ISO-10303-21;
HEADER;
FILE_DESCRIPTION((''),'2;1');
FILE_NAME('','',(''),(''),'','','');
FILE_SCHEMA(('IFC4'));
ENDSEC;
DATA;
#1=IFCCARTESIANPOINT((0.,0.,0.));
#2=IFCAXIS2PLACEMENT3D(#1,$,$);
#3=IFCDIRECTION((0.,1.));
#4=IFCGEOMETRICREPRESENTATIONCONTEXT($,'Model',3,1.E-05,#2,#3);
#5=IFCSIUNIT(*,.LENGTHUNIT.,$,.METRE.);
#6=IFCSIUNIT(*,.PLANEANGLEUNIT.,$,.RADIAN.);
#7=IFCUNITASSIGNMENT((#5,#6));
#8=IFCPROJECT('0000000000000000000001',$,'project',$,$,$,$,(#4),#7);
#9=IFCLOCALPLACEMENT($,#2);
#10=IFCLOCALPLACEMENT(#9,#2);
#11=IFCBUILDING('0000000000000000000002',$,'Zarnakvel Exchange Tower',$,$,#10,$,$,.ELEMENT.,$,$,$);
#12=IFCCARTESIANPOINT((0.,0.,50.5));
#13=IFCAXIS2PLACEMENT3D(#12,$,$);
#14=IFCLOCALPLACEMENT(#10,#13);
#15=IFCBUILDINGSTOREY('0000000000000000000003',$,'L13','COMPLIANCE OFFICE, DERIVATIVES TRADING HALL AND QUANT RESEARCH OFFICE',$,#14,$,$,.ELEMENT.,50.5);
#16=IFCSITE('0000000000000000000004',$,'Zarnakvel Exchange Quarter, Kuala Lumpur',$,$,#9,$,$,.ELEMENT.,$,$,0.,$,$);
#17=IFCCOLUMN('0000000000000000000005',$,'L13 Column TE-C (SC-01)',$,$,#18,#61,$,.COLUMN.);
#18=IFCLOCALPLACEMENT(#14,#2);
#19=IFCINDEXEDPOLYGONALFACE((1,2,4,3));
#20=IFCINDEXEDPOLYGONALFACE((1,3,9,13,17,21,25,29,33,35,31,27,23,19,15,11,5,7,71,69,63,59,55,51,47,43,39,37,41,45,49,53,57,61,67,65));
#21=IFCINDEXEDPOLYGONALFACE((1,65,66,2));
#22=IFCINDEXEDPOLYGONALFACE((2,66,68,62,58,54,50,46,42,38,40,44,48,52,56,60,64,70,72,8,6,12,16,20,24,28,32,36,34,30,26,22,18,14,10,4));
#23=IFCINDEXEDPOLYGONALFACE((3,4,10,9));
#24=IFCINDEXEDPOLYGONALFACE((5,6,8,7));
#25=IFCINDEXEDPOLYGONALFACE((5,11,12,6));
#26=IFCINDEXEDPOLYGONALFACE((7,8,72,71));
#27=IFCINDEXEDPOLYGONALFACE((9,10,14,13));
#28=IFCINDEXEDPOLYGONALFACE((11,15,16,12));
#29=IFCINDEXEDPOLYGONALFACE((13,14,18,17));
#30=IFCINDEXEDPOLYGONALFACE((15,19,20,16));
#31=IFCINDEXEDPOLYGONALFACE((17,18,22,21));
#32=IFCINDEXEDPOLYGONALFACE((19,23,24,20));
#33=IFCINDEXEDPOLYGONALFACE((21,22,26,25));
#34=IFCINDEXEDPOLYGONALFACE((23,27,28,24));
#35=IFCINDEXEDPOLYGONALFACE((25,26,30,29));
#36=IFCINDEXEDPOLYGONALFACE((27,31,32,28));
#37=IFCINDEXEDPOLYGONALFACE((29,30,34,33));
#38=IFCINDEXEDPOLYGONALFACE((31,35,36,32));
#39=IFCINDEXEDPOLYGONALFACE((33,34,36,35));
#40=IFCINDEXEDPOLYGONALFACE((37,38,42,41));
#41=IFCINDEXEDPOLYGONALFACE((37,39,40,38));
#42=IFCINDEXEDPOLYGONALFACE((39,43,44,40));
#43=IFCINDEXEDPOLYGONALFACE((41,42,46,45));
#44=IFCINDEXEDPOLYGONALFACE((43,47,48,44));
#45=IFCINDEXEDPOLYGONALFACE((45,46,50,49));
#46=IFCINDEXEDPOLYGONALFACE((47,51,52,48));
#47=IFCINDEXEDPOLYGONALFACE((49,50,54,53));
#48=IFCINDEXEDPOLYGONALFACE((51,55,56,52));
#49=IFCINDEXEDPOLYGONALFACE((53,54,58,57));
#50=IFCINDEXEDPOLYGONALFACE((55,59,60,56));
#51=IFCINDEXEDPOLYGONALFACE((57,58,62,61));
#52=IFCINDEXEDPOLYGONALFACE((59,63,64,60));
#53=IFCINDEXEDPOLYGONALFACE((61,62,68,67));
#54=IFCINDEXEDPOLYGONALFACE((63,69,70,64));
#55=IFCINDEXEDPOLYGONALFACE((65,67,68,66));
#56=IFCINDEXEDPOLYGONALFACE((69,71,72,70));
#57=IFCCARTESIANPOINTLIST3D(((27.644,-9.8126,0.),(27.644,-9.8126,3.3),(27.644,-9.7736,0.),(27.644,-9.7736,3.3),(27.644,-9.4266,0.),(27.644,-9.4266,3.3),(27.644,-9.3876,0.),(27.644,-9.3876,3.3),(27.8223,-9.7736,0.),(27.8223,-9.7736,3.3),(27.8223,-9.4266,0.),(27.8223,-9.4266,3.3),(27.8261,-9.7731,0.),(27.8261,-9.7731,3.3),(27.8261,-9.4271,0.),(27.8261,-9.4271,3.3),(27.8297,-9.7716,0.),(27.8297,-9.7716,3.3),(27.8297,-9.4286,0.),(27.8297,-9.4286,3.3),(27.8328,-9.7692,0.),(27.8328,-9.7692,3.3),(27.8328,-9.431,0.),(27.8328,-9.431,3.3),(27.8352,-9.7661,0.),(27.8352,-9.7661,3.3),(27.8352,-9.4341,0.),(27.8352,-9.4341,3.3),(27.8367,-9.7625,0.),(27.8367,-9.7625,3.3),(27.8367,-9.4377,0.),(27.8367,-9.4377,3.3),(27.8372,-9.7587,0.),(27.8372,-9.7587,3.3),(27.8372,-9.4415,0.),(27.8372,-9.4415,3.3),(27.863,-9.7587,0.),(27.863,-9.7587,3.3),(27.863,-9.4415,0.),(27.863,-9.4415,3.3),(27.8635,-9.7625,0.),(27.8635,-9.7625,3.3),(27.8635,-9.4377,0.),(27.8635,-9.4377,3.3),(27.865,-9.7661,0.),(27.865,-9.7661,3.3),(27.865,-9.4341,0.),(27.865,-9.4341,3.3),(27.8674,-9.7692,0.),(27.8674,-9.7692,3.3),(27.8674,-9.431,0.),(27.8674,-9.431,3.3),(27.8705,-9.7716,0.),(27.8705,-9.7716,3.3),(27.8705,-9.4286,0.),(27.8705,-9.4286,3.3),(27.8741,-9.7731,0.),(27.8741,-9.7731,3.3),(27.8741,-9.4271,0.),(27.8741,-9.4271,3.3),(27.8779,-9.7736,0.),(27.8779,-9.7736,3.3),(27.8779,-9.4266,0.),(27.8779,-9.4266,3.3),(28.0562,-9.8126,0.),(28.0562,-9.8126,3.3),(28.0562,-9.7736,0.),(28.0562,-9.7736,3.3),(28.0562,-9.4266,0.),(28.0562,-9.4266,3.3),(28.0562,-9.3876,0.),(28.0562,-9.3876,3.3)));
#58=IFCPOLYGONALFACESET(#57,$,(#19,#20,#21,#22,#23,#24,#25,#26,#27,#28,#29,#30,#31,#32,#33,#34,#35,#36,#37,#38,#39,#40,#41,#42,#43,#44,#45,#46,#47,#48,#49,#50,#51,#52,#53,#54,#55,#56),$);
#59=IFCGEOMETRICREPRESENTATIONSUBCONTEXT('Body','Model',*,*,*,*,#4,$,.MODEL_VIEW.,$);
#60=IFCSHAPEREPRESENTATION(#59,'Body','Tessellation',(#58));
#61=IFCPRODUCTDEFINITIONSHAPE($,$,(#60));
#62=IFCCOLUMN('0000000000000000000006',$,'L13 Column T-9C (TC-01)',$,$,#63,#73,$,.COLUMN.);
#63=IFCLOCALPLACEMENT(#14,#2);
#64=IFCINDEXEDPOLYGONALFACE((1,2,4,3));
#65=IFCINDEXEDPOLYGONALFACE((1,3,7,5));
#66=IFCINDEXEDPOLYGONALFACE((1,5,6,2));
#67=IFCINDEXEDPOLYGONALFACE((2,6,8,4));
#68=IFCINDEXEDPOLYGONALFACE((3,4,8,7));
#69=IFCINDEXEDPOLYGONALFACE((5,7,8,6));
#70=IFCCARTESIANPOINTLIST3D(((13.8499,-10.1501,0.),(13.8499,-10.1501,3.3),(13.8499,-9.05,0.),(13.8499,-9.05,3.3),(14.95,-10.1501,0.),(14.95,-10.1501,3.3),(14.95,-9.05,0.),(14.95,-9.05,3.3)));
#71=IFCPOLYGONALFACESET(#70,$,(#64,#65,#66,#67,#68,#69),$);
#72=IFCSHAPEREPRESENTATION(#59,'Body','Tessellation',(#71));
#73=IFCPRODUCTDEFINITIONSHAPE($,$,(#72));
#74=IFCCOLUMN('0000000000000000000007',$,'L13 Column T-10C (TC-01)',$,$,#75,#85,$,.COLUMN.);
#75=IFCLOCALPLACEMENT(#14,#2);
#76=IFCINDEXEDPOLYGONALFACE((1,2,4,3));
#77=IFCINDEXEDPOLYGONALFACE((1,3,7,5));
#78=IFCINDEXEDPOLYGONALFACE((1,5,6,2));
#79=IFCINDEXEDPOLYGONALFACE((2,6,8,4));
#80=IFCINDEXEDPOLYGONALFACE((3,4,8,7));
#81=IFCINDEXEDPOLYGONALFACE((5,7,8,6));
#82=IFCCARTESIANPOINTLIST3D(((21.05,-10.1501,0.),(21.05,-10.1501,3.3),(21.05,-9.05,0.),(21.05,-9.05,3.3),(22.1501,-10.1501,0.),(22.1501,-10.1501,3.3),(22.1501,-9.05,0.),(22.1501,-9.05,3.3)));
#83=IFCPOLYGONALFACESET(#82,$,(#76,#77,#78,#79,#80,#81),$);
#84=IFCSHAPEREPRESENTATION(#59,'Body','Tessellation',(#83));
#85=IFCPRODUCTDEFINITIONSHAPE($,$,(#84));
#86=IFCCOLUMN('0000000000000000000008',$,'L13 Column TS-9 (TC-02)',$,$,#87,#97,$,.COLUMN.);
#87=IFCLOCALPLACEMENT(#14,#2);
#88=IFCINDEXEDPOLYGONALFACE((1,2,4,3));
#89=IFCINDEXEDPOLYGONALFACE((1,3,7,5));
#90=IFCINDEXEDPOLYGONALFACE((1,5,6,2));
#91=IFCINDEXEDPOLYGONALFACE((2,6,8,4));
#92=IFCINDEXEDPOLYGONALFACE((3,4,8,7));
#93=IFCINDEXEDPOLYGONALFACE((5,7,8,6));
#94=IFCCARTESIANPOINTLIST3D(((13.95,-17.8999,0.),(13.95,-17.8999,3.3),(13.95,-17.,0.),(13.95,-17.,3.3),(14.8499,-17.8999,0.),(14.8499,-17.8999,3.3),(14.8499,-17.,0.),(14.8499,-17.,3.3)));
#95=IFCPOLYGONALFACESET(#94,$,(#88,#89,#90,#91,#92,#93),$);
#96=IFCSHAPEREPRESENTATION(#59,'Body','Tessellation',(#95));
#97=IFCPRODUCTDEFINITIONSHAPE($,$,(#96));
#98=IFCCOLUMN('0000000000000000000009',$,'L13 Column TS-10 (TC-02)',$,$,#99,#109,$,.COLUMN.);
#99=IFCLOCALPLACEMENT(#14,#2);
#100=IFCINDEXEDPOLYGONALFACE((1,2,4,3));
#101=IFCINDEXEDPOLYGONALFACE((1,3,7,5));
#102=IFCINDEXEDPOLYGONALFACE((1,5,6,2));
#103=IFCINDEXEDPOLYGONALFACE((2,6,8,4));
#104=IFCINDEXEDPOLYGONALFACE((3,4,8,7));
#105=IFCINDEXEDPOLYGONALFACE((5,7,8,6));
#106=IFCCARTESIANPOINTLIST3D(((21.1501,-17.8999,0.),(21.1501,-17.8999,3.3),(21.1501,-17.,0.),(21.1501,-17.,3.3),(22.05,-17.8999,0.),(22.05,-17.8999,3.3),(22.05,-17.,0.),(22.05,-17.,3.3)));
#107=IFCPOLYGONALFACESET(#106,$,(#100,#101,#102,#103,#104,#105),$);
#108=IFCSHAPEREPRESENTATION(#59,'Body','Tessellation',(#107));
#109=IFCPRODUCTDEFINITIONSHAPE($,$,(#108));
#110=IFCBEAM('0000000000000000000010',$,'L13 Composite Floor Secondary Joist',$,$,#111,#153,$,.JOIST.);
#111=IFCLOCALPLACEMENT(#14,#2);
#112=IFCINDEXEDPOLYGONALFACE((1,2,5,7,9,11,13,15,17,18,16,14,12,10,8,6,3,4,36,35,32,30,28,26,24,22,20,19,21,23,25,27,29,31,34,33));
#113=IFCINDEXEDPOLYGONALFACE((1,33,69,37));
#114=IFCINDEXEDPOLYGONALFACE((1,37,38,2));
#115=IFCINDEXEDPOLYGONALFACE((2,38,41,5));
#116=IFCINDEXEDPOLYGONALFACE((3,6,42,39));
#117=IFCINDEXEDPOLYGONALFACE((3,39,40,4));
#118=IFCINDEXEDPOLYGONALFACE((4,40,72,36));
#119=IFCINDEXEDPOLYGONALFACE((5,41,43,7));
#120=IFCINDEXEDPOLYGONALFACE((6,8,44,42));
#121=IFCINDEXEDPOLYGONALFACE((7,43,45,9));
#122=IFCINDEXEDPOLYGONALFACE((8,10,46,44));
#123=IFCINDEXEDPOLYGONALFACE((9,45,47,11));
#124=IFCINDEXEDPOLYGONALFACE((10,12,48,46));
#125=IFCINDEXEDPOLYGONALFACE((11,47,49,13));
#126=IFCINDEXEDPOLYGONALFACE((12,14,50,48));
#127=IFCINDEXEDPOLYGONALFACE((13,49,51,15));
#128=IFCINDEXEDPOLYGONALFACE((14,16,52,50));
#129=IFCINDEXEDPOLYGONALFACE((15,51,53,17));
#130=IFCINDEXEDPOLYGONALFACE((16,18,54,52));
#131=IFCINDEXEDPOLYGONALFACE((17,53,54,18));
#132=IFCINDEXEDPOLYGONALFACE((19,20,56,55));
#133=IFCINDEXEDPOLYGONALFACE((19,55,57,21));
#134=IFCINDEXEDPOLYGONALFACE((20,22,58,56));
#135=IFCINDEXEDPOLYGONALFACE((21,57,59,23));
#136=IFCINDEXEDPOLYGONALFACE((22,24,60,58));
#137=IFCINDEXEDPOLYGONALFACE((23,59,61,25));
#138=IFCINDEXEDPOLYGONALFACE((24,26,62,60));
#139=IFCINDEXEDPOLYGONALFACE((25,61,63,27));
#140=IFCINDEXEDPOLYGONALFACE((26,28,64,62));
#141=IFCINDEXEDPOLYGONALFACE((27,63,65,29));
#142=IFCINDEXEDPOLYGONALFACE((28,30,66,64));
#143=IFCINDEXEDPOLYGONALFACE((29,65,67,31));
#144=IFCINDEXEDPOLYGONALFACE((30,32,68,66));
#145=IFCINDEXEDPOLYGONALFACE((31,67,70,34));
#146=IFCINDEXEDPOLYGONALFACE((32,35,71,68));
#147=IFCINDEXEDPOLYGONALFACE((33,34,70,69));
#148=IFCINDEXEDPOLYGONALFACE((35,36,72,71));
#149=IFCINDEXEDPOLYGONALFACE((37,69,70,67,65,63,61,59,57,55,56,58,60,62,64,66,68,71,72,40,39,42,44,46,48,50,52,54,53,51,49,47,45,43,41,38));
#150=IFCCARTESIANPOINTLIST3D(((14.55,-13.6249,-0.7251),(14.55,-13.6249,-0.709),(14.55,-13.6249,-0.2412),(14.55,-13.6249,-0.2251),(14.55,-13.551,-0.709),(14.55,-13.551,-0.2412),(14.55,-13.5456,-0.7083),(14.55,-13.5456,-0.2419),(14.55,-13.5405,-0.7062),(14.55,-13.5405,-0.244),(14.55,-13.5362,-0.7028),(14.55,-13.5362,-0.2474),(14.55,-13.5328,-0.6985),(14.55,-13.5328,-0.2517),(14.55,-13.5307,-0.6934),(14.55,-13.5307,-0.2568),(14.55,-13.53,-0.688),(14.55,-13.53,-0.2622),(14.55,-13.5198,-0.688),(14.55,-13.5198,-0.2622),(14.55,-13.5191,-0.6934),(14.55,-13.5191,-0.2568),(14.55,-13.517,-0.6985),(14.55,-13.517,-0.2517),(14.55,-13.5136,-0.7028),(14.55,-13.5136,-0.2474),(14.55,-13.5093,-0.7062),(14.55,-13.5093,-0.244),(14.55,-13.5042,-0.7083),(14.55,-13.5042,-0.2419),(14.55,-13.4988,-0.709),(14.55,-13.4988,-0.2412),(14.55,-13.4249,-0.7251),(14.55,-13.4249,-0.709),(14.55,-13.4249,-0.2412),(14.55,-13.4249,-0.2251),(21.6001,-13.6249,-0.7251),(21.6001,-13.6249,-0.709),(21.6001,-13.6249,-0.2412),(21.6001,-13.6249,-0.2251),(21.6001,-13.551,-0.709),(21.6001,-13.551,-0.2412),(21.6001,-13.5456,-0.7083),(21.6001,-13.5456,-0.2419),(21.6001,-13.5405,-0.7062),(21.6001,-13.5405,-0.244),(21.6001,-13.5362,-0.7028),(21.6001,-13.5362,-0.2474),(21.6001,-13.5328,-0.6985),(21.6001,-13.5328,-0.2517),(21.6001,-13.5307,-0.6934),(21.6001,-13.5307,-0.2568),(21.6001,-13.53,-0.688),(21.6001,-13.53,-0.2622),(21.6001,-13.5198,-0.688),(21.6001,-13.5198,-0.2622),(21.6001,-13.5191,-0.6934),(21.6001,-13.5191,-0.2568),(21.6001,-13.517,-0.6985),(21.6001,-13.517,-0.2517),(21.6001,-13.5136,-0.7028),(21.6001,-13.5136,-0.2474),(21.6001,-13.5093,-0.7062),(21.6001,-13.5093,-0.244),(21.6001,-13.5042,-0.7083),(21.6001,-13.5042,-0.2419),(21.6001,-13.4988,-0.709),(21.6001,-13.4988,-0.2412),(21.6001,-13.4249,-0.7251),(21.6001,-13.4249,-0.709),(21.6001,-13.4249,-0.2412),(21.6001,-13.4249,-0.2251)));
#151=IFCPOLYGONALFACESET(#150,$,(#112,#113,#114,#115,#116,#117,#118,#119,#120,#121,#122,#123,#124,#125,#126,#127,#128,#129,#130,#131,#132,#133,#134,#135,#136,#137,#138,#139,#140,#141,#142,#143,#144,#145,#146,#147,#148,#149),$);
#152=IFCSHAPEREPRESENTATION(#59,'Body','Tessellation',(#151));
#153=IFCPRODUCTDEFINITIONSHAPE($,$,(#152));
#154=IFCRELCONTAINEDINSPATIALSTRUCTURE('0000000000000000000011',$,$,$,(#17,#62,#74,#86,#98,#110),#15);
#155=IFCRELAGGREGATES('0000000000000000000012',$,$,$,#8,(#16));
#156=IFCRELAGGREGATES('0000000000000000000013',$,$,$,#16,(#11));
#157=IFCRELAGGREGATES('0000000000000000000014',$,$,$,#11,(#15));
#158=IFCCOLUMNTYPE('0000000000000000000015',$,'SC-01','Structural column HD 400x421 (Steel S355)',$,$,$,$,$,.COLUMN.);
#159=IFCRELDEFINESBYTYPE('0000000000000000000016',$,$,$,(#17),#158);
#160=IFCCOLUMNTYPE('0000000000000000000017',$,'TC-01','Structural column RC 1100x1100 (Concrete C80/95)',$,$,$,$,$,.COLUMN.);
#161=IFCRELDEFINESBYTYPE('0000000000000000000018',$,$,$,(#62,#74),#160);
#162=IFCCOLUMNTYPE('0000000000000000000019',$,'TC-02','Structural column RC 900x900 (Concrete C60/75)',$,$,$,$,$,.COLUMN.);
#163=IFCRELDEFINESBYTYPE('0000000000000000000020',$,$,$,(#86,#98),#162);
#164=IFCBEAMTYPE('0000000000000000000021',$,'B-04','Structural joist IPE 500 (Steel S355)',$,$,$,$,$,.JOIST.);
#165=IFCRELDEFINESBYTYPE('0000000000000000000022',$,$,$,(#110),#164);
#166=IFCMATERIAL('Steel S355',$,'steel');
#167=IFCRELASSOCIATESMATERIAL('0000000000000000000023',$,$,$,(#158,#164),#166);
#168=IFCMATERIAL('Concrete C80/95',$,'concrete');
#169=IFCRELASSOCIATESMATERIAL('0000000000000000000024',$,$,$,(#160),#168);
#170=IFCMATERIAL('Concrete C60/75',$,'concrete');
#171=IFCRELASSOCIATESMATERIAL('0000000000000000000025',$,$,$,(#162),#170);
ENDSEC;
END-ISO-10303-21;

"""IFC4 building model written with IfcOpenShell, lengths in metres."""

from ifc_helpers import new_model, si_unit, direction, frame, origin, origin_2d, place, context, subcontext, project, spatial, rectangle, i_section, extrude, material, material_profile, profile_set, type_object, element, save


model = new_model("IFC4")

# Units and contexts
model_context = context("Model", 3, precision=1e-05, world=origin(), true_north=direction((0.0, 1.0)))
body_context = subcontext(model_context, "Body", "Model", "MODEL_VIEW")
ifc_project = project(units=[si_unit("LENGTHUNIT", "METRE"), si_unit("PLANEANGLEUNIT", "RADIAN")], contexts=[model_context])

# Site, building, storey
site_placement = place(None, origin())
site = spatial("IfcSite", under=ifc_project, at=site_placement, Name="Zarnakvel Exchange Quarter, Kuala Lumpur", CompositionType="ELEMENT", RefElevation=0.0)
building_placement = place(site_placement, origin())
building = spatial("IfcBuilding", under=site, at=building_placement, Name="Zarnakvel Exchange Tower", CompositionType="ELEMENT")
storey_placement = place(building_placement, frame((0.0, 0.0, 50.5)))
storey = spatial("IfcBuildingStorey", under=building, at=storey_placement, Name="L13", Description="COMPLIANCE OFFICE, DERIVATIVES TRADING HALL AND QUANT RESEARCH OFFICE", CompositionType="ELEMENT", Elevation=50.5)

# Columns
ifc_material_1 = material(Name="Steel S355", Category="steel")
ifc_material_profile_1 = material_profile(ifc_material_1, i_section(OverallWidth=0.4121, OverallDepth=0.425, WebThickness=0.0259, FlangeThickness=0.0391, FilletRadius=0.0149, at=origin_2d()))
ifc_profile_set_1 = profile_set([ifc_material_profile_1], Name="Steel S355")
column_type_1 = type_object("IfcColumnType", Name="SC-01", Description="Structural column HD 400x421 (Steel S355)", PredefinedType="COLUMN", material=ifc_profile_set_1)
column_placement = place(storey_placement, frame((27.8501, -9.6001, 0.0), z_axis=(0.0, 0.0, 1.0), x_axis=(1.0, 0.0, 0.0)))
element("IfcColumn", 1, at=column_placement, inside=storey, type_object=column_type_1, Name="L13 Column TE-C (SC-01)", PredefinedType="COLUMN", context=body_context, shape_type="SweptSolid", body=[
    extrude(i_section(OverallWidth=0.4121, OverallDepth=0.425, WebThickness=0.0259, FlangeThickness=0.0391, FilletRadius=0.0149, at=origin_2d()), origin(), (0.0, 0.0, 1.0), 3.3),
])
ifc_material_2 = material(Name="Concrete C80/95", Category="concrete")
ifc_material_profile_2 = material_profile(ifc_material_2, rectangle(XDim=1.1001, YDim=1.1001, at=origin_2d()))
ifc_profile_set_2 = profile_set([ifc_material_profile_2], Name="Concrete C80/95")
column_type_2 = type_object("IfcColumnType", Name="TC-01", Description="Structural column RC 1100x1100 (Concrete C80/95)", PredefinedType="COLUMN", material=ifc_profile_set_2)
for number, where, z_axis, x_axis, name in (
    (2, (14.3999, -9.6001, 0.0), (0.0, 0.0, 1.0), (1.0, 0.0, 0.0), "L13 Column T-9C (TC-01)"),
    (3, (21.6001, -9.6001, 0.0), (0.0, 0.0, 1.0), (1.0, 0.0, 0.0), "L13 Column T-10C (TC-01)"),
):
    element("IfcColumn", number, at=place(storey_placement, frame(where, z_axis=z_axis, x_axis=x_axis)), inside=storey, type_object=column_type_2, Name=name, PredefinedType="COLUMN", context=body_context, shape_type="SweptSolid", body=[
        extrude(rectangle(XDim=1.1001, YDim=1.1001, at=origin_2d()), origin(), (0.0, 0.0, 1.0), 3.3),
    ])
ifc_material_3 = material(Name="Concrete C60/75", Category="concrete")
ifc_material_profile_3 = material_profile(ifc_material_3, rectangle(XDim=0.8999, YDim=0.8999, at=origin_2d()))
ifc_profile_set_3 = profile_set([ifc_material_profile_3], Name="Concrete C60/75")
column_type_3 = type_object("IfcColumnType", Name="TC-02", Description="Structural column RC 900x900 (Concrete C60/75)", PredefinedType="COLUMN", material=ifc_profile_set_3)
for number, where, z_axis, x_axis, name in (
    (4, (14.3999, -17.45, 0.0), (0.0, 0.0, 1.0), (1.0, 0.0, 0.0), "L13 Column TS-9 (TC-02)"),
    (5, (21.6001, -17.45, 0.0), (0.0, 0.0, 1.0), (1.0, 0.0, 0.0), "L13 Column TS-10 (TC-02)"),
):
    element("IfcColumn", number, at=place(storey_placement, frame(where, z_axis=z_axis, x_axis=x_axis)), inside=storey, type_object=column_type_3, Name=name, PredefinedType="COLUMN", context=body_context, shape_type="SweptSolid", body=[
        extrude(rectangle(XDim=0.8999, YDim=0.8999, at=origin_2d()), origin(), (0.0, 0.0, 1.0), 3.3),
    ])

# Beam
ifc_material_profile_4 = material_profile(ifc_material_1, i_section(OverallWidth=0.2, OverallDepth=0.5, WebThickness=0.0103, FlangeThickness=0.0161, FilletRadius=0.021, at=origin_2d()))
ifc_profile_set_4 = profile_set([ifc_material_profile_4], Name="Steel S355")
beam_type_1 = type_object("IfcBeamType", Name="B-04", Description="Structural joist IPE 500 (Steel S355)", PredefinedType="JOIST", material=ifc_profile_set_4)
beam_1_placement = place(storey_placement, frame((14.55, -13.5249, -0.4751), z_axis=(1.0, 0.0, 0.0), x_axis=(0.0, 1.0, 0.0)))
element("IfcBeam", 6, at=beam_1_placement, inside=storey, type_object=beam_type_1, Name="L13 Composite Floor Secondary Joist", PredefinedType="JOIST", context=body_context, shape_type="SweptSolid", body=[
    extrude(i_section(OverallWidth=0.2, OverallDepth=0.5, WebThickness=0.0103, FlangeThickness=0.0161, FilletRadius=0.021, at=origin_2d()), origin(), (0.0, 0.0, 1.0), 7.05),
])

save(model, "model.ifc")
